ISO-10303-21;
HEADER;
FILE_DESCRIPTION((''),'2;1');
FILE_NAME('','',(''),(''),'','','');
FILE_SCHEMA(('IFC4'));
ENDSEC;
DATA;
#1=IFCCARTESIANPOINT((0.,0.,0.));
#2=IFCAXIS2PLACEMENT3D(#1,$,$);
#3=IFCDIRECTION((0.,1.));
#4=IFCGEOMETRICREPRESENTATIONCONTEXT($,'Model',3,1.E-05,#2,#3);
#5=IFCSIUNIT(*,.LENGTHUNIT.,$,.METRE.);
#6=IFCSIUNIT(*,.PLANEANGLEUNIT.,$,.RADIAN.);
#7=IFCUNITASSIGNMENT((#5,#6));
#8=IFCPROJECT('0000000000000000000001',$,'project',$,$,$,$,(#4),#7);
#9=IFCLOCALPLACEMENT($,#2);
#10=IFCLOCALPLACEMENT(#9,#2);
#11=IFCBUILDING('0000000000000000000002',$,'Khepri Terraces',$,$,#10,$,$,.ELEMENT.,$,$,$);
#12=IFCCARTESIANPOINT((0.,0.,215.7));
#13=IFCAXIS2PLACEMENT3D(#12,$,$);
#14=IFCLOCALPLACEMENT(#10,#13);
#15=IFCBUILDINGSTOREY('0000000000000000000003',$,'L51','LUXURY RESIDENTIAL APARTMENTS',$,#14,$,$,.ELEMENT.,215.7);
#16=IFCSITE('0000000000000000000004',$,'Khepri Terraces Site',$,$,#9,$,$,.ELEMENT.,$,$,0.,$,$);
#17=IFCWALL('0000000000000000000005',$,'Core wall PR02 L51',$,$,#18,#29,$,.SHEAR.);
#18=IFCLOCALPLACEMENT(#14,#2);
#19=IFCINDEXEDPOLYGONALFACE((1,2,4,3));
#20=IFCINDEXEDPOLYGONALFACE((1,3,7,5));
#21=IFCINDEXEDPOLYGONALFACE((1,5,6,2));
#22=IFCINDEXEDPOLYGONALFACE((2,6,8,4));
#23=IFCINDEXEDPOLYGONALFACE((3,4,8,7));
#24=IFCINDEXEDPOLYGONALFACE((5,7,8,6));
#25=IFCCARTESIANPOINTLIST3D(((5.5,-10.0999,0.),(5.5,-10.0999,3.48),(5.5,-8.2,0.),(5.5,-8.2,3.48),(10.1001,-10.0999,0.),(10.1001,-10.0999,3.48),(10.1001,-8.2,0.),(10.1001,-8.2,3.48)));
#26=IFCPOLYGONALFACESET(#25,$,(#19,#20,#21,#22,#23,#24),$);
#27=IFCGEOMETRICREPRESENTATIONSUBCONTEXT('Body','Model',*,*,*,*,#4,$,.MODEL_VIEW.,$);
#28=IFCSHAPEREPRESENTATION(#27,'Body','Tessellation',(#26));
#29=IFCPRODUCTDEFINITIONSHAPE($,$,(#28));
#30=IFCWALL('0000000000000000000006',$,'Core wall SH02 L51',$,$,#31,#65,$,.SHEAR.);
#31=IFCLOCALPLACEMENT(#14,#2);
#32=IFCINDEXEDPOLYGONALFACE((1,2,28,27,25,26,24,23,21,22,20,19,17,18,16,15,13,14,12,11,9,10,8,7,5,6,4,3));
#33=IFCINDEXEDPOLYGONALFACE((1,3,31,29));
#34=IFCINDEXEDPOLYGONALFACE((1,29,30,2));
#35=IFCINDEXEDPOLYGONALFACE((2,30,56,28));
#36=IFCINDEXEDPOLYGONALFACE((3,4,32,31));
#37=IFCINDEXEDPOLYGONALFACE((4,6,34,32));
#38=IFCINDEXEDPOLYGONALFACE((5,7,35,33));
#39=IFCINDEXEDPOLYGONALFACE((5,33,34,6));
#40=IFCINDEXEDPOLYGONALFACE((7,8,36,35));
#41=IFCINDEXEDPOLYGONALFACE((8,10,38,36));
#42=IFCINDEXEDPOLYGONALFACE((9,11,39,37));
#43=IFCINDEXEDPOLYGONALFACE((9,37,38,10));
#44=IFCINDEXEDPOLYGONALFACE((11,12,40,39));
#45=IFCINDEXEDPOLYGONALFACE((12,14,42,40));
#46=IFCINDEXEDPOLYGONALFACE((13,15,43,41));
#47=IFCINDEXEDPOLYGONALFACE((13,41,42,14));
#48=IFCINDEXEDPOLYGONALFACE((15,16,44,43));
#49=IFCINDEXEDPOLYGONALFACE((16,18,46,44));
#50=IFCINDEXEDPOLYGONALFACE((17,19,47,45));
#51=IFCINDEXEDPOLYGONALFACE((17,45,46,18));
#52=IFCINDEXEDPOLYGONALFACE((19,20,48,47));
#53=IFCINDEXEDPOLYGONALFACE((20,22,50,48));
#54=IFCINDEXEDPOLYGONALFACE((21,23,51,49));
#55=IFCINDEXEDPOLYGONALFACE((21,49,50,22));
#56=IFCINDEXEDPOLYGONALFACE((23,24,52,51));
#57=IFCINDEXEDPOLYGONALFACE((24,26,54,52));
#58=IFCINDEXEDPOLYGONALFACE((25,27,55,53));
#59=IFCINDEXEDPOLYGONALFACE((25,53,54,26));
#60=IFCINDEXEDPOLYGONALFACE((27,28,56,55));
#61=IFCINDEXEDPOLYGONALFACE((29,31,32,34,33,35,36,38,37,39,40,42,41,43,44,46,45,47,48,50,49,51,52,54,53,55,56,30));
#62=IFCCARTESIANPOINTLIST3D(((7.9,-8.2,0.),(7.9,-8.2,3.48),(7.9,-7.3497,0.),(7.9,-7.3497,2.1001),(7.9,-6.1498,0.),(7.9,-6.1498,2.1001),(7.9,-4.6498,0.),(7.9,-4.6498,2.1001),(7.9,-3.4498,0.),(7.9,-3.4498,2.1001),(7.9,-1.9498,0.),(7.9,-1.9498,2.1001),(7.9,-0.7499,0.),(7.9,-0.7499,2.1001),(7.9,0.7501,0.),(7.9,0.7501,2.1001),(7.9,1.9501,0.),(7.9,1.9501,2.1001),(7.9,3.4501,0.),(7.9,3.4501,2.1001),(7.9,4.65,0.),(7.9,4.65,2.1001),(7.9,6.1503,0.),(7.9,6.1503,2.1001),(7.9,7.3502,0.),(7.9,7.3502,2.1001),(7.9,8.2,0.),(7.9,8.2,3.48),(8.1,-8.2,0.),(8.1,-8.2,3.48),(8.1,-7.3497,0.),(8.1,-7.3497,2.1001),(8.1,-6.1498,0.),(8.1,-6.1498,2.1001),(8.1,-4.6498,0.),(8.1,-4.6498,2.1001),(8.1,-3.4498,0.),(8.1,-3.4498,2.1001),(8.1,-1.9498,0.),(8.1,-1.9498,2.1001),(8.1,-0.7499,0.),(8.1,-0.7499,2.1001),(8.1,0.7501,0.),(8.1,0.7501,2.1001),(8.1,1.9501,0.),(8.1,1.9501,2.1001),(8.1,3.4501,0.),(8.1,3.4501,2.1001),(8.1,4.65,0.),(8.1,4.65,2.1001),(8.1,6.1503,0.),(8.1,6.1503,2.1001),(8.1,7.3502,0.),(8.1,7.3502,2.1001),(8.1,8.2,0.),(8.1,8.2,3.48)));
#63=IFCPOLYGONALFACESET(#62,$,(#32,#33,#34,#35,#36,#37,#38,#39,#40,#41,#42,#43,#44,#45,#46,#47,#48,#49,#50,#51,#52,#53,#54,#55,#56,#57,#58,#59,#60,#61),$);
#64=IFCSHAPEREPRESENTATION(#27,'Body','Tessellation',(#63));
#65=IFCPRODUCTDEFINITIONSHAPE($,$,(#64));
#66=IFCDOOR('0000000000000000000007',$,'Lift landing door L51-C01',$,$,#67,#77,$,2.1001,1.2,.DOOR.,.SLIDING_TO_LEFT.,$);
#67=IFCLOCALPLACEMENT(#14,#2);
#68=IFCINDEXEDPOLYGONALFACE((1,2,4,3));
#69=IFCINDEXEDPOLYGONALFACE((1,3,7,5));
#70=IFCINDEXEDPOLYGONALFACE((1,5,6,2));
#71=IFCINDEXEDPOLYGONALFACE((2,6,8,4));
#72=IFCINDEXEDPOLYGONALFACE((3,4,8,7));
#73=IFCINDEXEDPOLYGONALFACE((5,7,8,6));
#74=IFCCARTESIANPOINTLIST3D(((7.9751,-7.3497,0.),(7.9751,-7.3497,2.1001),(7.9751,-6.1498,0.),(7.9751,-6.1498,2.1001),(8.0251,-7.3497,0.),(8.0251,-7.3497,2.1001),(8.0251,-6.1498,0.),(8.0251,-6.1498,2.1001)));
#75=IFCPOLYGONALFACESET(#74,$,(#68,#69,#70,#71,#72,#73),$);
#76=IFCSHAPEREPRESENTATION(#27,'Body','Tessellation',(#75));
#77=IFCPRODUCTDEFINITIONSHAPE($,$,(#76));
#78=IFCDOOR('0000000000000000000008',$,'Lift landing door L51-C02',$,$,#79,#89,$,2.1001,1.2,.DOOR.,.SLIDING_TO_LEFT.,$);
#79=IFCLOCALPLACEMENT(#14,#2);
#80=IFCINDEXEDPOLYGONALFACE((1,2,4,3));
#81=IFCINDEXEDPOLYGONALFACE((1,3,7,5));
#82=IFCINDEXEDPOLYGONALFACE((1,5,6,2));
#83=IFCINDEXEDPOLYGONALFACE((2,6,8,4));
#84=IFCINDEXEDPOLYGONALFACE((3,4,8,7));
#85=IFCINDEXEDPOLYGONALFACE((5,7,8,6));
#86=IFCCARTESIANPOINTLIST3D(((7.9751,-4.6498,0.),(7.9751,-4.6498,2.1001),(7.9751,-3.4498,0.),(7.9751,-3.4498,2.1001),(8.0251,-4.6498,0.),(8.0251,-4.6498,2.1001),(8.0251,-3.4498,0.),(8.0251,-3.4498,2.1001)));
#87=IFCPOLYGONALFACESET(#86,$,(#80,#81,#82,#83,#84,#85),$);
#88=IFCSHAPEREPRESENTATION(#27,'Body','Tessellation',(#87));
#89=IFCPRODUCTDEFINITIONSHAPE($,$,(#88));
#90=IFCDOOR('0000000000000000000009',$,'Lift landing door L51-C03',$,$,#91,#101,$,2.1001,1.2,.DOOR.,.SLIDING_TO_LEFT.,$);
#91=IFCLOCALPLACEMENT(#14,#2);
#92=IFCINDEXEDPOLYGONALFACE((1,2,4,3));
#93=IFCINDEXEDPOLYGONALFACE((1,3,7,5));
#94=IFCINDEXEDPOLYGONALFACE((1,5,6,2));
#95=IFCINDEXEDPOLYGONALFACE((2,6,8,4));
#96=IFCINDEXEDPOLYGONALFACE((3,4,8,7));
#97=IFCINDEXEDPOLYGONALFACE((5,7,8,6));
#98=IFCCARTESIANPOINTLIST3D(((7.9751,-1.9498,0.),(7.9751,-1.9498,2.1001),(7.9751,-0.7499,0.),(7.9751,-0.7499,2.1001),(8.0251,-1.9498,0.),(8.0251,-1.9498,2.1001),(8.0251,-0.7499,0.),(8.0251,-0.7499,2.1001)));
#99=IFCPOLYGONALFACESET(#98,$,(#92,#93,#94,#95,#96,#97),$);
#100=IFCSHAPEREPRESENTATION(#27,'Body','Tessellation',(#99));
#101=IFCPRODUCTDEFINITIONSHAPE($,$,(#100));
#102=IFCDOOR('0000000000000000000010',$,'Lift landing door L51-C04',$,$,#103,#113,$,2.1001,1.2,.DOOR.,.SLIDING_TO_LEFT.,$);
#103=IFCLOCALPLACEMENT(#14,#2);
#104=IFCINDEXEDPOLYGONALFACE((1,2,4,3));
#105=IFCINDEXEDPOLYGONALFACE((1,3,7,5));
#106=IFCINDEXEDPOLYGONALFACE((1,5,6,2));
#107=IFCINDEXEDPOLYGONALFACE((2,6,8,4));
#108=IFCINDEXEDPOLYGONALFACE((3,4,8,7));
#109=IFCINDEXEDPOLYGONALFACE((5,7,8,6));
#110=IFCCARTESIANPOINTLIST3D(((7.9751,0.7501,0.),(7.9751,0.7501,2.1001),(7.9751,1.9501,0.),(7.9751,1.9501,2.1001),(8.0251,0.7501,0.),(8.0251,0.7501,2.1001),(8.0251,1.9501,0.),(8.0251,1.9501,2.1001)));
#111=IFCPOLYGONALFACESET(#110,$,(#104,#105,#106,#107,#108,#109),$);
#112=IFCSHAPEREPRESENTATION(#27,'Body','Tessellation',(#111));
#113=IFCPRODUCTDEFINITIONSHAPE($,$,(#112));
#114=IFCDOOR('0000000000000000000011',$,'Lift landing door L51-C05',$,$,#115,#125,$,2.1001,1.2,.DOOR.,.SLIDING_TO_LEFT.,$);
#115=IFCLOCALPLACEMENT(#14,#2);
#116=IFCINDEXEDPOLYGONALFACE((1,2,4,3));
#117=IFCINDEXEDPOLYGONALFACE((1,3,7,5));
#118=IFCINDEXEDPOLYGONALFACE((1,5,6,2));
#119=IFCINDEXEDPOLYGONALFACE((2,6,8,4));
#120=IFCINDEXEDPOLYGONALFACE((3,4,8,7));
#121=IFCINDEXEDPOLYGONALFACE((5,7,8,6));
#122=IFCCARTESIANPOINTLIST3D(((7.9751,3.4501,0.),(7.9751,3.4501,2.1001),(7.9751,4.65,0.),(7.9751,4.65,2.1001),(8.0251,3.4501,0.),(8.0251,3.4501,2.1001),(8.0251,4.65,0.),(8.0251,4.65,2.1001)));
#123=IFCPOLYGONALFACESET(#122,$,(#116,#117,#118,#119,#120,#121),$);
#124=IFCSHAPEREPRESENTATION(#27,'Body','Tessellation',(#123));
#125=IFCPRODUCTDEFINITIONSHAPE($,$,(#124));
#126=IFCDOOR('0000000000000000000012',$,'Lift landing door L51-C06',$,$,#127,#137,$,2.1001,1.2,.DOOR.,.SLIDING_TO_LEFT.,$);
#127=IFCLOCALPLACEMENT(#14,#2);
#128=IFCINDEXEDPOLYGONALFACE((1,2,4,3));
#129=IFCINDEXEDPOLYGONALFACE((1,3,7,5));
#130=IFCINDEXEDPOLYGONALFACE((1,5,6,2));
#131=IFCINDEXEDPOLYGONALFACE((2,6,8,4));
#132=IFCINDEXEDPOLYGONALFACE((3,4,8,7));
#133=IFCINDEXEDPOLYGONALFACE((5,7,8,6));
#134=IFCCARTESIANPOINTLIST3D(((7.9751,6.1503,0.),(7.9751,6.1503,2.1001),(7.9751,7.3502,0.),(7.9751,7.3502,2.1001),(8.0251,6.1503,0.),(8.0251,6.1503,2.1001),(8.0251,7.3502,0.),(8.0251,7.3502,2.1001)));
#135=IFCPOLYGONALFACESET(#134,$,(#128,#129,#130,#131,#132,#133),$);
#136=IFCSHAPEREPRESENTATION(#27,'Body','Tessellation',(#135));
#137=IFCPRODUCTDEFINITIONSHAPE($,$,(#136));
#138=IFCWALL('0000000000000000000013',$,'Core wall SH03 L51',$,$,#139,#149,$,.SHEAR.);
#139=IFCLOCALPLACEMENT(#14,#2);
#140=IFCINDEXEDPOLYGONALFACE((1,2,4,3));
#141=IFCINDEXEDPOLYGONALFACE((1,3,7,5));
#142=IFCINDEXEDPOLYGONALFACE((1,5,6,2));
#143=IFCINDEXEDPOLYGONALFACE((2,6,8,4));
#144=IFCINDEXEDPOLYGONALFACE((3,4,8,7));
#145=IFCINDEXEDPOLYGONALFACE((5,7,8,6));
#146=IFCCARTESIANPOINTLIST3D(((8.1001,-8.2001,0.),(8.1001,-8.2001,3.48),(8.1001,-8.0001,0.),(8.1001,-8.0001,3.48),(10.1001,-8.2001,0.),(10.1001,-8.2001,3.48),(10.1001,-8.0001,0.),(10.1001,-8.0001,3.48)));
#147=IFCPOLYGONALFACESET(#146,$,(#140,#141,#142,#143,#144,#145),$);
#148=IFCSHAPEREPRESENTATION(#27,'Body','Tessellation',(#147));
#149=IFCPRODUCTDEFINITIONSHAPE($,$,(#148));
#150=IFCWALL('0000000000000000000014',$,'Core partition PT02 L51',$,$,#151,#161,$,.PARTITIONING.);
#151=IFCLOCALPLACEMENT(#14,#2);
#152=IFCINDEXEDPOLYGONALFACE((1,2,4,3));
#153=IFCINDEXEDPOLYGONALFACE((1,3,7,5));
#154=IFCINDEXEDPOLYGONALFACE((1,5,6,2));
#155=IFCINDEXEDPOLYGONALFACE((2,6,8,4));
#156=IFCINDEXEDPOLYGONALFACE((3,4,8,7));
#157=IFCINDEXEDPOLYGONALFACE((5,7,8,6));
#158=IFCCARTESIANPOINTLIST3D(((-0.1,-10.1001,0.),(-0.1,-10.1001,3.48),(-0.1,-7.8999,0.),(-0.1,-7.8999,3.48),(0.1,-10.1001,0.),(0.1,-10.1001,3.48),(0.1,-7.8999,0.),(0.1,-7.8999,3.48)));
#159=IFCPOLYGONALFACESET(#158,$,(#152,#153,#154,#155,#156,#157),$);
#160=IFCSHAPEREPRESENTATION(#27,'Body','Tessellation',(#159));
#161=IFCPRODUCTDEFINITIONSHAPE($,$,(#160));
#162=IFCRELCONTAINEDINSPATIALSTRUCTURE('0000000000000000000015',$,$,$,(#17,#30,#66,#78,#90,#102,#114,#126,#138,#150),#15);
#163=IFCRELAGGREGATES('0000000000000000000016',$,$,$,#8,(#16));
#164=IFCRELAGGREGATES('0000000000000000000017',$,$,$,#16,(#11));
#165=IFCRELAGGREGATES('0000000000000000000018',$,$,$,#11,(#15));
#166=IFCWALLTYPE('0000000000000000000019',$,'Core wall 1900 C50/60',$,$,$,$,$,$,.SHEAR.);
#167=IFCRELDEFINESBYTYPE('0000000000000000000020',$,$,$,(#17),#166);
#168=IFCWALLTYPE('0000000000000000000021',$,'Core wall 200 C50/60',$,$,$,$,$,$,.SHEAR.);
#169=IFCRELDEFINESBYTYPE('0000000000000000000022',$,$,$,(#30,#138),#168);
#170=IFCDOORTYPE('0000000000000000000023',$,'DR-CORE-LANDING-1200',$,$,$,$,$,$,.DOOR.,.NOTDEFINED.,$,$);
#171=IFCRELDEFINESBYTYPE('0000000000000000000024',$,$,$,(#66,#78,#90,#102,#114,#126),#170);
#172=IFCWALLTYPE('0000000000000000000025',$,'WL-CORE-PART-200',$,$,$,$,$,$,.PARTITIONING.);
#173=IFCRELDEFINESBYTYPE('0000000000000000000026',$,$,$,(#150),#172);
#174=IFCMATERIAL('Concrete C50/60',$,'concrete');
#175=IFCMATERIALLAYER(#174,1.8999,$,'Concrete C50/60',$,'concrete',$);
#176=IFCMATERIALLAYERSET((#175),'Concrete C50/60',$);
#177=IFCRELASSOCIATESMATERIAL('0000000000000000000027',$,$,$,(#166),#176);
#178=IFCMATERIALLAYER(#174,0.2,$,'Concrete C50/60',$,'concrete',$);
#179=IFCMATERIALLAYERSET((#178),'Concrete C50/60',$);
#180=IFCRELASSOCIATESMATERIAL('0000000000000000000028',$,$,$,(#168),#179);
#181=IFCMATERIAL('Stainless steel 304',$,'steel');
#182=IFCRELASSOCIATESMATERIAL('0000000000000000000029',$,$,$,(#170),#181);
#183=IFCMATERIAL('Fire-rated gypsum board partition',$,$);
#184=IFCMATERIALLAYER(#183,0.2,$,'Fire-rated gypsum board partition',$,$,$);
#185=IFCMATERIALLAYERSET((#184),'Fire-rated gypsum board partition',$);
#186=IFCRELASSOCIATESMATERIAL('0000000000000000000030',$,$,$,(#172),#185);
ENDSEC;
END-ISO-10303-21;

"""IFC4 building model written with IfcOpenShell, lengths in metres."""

from ifc_helpers import new_model, si_unit, direction, frame, frame_2d, origin, place, context, subcontext, project, spatial, rectangle, extrude, material, layer, layer_set, type_object, element, fill, save


model = new_model("IFC4")

# Units and contexts
model_context = context("Model", 3, precision=1e-05, world=origin(), true_north=direction((0.0, 1.0)))
body_context = subcontext(model_context, "Body", "Model", "MODEL_VIEW")
ifc_project = project(units=[si_unit("LENGTHUNIT", "METRE"), si_unit("PLANEANGLEUNIT", "RADIAN")], contexts=[model_context])

# Site, building, storey
site_placement = place(None, origin())
site = spatial("IfcSite", under=ifc_project, at=site_placement, Name="Khepri Terraces Site", CompositionType="ELEMENT", RefElevation=0.0)
building_placement = place(site_placement, origin())
building = spatial("IfcBuilding", under=site, at=building_placement, Name="Khepri Terraces", CompositionType="ELEMENT")
storey_placement = place(building_placement, frame((0.0, 0.0, 215.7)))
storey = spatial("IfcBuildingStorey", under=building, at=storey_placement, Name="L51", Description="LUXURY RESIDENTIAL APARTMENTS", CompositionType="ELEMENT", Elevation=215.7)

# Wall
ifc_material_1 = material(Name="Concrete C50/60", Category="concrete")
ifc_layer_1 = layer(ifc_material_1, 1.8999, Name="Concrete C50/60", Category="concrete")
ifc_layer_set_1 = layer_set([ifc_layer_1], Name="Concrete C50/60")
wall_type_1 = type_object("IfcWallType", Name="Core wall 1900 C50/60", PredefinedType="SHEAR", material=ifc_layer_set_1)
wall_1_placement = place(storey_placement, frame((5.5, -9.1499, 0.0), z_axis=(0.0, 0.0, 1.0), x_axis=(1.0, 0.0, 0.0)))
element("IfcWall", 1, at=wall_1_placement, inside=storey, type_object=wall_type_1, Name="Core wall PR02 L51", PredefinedType="SHEAR", context=body_context, shape_type="SweptSolid", body=[
    extrude(rectangle(XDim=4.6001, YDim=1.8999, at=frame_2d((2.3, 0.0))), origin(), (0.0, 0.0, 1.0), 3.48),
])

# Wall, openings, doors
ifc_layer_2 = layer(ifc_material_1, 0.2, Name="Concrete C50/60", Category="concrete")
ifc_layer_set_2 = layer_set([ifc_layer_2], Name="Concrete C50/60")
wall_type_2 = type_object("IfcWallType", Name="Core wall 200 C50/60", PredefinedType="SHEAR", material=ifc_layer_set_2)
wall_2_placement = place(storey_placement, frame((8.0, -8.2, 0.0), z_axis=(0.0, 0.0, 1.0), x_axis=(0.0, 1.0, 0.0)))
wall_2 = element("IfcWall", 2, at=wall_2_placement, inside=storey, type_object=wall_type_2, Name="Core wall SH02 L51", PredefinedType="SHEAR", context=body_context, shape_type="SweptSolid", body=[
    extrude(rectangle(XDim=16.3999, YDim=0.2, at=frame_2d((8.2, 0.0))), origin(), (0.0, 0.0, 1.0), 3.48),
])
opening_1_placement = place(wall_2_placement, frame((0.8501, 0.0, 0.0)))
opening_1 = element("IfcOpeningElement", 3, at=opening_1_placement, cuts=wall_2, PredefinedType="OPENING", context=body_context, shape_type="SweptSolid", body=[
    extrude(rectangle(XDim=1.2, YDim=2.1001, at=frame_2d((0.6001, 1.05))), frame((0.0, 0.1099, 0.0), z_axis=(0.0, -1.0, 0.0), x_axis=(1.0, 0.0, 0.0)), (0.0, 0.0, 1.0), 0.22),
])
opening_2_placement = place(wall_2_placement, frame((3.55, 0.0, 0.0)))
opening_2 = element("IfcOpeningElement", 4, at=opening_2_placement, cuts=wall_2, PredefinedType="OPENING", context=body_context, shape_type="SweptSolid", body=[
    extrude(rectangle(XDim=1.2, YDim=2.1001, at=frame_2d((0.6001, 1.05))), frame((0.0, 0.1099, 0.0), z_axis=(0.0, -1.0, 0.0), x_axis=(1.0, 0.0, 0.0)), (0.0, 0.0, 1.0), 0.22),
])
opening_3_placement = place(wall_2_placement, frame((6.25, 0.0, 0.0)))
opening_3 = element("IfcOpeningElement", 5, at=opening_3_placement, cuts=wall_2, PredefinedType="OPENING", context=body_context, shape_type="SweptSolid", body=[
    extrude(rectangle(XDim=1.2, YDim=2.1001, at=frame_2d((0.6001, 1.05))), frame((0.0, 0.1099, 0.0), z_axis=(0.0, -1.0, 0.0), x_axis=(1.0, 0.0, 0.0)), (0.0, 0.0, 1.0), 0.22),
])
opening_4_placement = place(wall_2_placement, frame((8.95, 0.0, 0.0)))
opening_4 = element("IfcOpeningElement", 6, at=opening_4_placement, cuts=wall_2, PredefinedType="OPENING", context=body_context, shape_type="SweptSolid", body=[
    extrude(rectangle(XDim=1.2, YDim=2.1001, at=frame_2d((0.6001, 1.05))), frame((0.0, 0.1099, 0.0), z_axis=(0.0, -1.0, 0.0), x_axis=(1.0, 0.0, 0.0)), (0.0, 0.0, 1.0), 0.22),
])
opening_5_placement = place(wall_2_placement, frame((11.6499, 0.0, 0.0)))
opening_5 = element("IfcOpeningElement", 7, at=opening_5_placement, cuts=wall_2, PredefinedType="OPENING", context=body_context, shape_type="SweptSolid", body=[
    extrude(rectangle(XDim=1.2, YDim=2.1001, at=frame_2d((0.6001, 1.05))), frame((0.0, 0.1099, 0.0), z_axis=(0.0, -1.0, 0.0), x_axis=(1.0, 0.0, 0.0)), (0.0, 0.0, 1.0), 0.22),
])
opening_6_placement = place(wall_2_placement, frame((14.3501, 0.0, 0.0)))
opening_6 = element("IfcOpeningElement", 8, at=opening_6_placement, cuts=wall_2, PredefinedType="OPENING", context=body_context, shape_type="SweptSolid", body=[
    extrude(rectangle(XDim=1.2, YDim=2.1001, at=frame_2d((0.6001, 1.05))), frame((0.0, 0.1099, 0.0), z_axis=(0.0, -1.0, 0.0), x_axis=(1.0, 0.0, 0.0)), (0.0, 0.0, 1.0), 0.22),
])
ifc_material_2 = material(Name="Stainless steel 304", Category="steel")
door_type_1 = type_object("IfcDoorType", Name="DR-CORE-LANDING-1200", OperationType="NOTDEFINED", PredefinedType="DOOR", material=ifc_material_2)
door_1_placement = place(opening_1_placement, origin())
door_1 = element("IfcDoor", 9, at=door_1_placement, inside=storey, type_object=door_type_1, Name="Lift landing door L51-C01", OperationType="SLIDING_TO_LEFT", OverallHeight=2.1001, OverallWidth=1.2, PredefinedType="DOOR", context=body_context, shape_type="SweptSolid", body=[
    extrude(rectangle(XDim=1.2, YDim=2.1001, at=frame_2d((0.6001, 1.05))), frame((0.0, 0.0249, 0.0), z_axis=(0.0, -1.0, 0.0), x_axis=(1.0, 0.0, 0.0)), (0.0, 0.0, 1.0), 0.05),
])
fill(opening_1, door_1)
door_2_placement = place(opening_2_placement, origin())
door_2 = element("IfcDoor", 10, at=door_2_placement, inside=storey, type_object=door_type_1, Name="Lift landing door L51-C02", OperationType="SLIDING_TO_LEFT", OverallHeight=2.1001, OverallWidth=1.2, PredefinedType="DOOR", context=body_context, shape_type="SweptSolid", body=[
    extrude(rectangle(XDim=1.2, YDim=2.1001, at=frame_2d((0.6001, 1.05))), frame((0.0, 0.0249, 0.0), z_axis=(0.0, -1.0, 0.0), x_axis=(1.0, 0.0, 0.0)), (0.0, 0.0, 1.0), 0.05),
])
fill(opening_2, door_2)
door_3_placement = place(opening_3_placement, origin())
door_3 = element("IfcDoor", 11, at=door_3_placement, inside=storey, type_object=door_type_1, Name="Lift landing door L51-C03", OperationType="SLIDING_TO_LEFT", OverallHeight=2.1001, OverallWidth=1.2, PredefinedType="DOOR", context=body_context, shape_type="SweptSolid", body=[
    extrude(rectangle(XDim=1.2, YDim=2.1001, at=frame_2d((0.6001, 1.05))), frame((0.0, 0.0249, 0.0), z_axis=(0.0, -1.0, 0.0), x_axis=(1.0, 0.0, 0.0)), (0.0, 0.0, 1.0), 0.05),
])
fill(opening_3, door_3)
door_4_placement = place(opening_4_placement, origin())
door_4 = element("IfcDoor", 12, at=door_4_placement, inside=storey, type_object=door_type_1, Name="Lift landing door L51-C04", OperationType="SLIDING_TO_LEFT", OverallHeight=2.1001, OverallWidth=1.2, PredefinedType="DOOR", context=body_context, shape_type="SweptSolid", body=[
    extrude(rectangle(XDim=1.2, YDim=2.1001, at=frame_2d((0.6001, 1.05))), frame((0.0, 0.0249, 0.0), z_axis=(0.0, -1.0, 0.0), x_axis=(1.0, 0.0, 0.0)), (0.0, 0.0, 1.0), 0.05),
])
fill(opening_4, door_4)
door_5_placement = place(opening_5_placement, origin())
door_5 = element("IfcDoor", 13, at=door_5_placement, inside=storey, type_object=door_type_1, Name="Lift landing door L51-C05", OperationType="SLIDING_TO_LEFT", OverallHeight=2.1001, OverallWidth=1.2, PredefinedType="DOOR", context=body_context, shape_type="SweptSolid", body=[
    extrude(rectangle(XDim=1.2, YDim=2.1001, at=frame_2d((0.6001, 1.05))), frame((0.0, 0.0249, 0.0), z_axis=(0.0, -1.0, 0.0), x_axis=(1.0, 0.0, 0.0)), (0.0, 0.0, 1.0), 0.05),
])
fill(opening_5, door_5)
door_6_placement = place(opening_6_placement, origin())
door_6 = element("IfcDoor", 14, at=door_6_placement, inside=storey, type_object=door_type_1, Name="Lift landing door L51-C06", OperationType="SLIDING_TO_LEFT", OverallHeight=2.1001, OverallWidth=1.2, PredefinedType="DOOR", context=body_context, shape_type="SweptSolid", body=[
    extrude(rectangle(XDim=1.2, YDim=2.1001, at=frame_2d((0.6001, 1.05))), frame((0.0, 0.0249, 0.0), z_axis=(0.0, -1.0, 0.0), x_axis=(1.0, 0.0, 0.0)), (0.0, 0.0, 1.0), 0.05),
])
fill(opening_6, door_6)

# Walls
wall_3_placement = place(storey_placement, frame((8.1001, -8.1001, 0.0), z_axis=(0.0, 0.0, 1.0), x_axis=(1.0, 0.0, 0.0)))
element("IfcWall", 15, at=wall_3_placement, inside=storey, type_object=wall_type_2, Name="Core wall SH03 L51", PredefinedType="SHEAR", context=body_context, shape_type="SweptSolid", body=[
    extrude(rectangle(XDim=2.0, YDim=0.2, at=frame_2d((1.0, 0.0))), origin(), (0.0, 0.0, 1.0), 3.48),
])
ifc_material_3 = material(Name="Fire-rated gypsum board partition")
ifc_layer_3 = layer(ifc_material_3, 0.2, Name="Fire-rated gypsum board partition")
ifc_layer_set_3 = layer_set([ifc_layer_3], Name="Fire-rated gypsum board partition")
wall_type_3 = type_object("IfcWallType", Name="WL-CORE-PART-200", PredefinedType="PARTITIONING", material=ifc_layer_set_3)
wall_4_placement = place(storey_placement, frame((0.0, -10.1001, 0.0), z_axis=(0.0, 0.0, 1.0), x_axis=(0.0, 1.0, 0.0)))
element("IfcWall", 16, at=wall_4_placement, inside=storey, type_object=wall_type_3, Name="Core partition PT02 L51", PredefinedType="PARTITIONING", context=body_context, shape_type="SweptSolid", body=[
    extrude(rectangle(XDim=2.2002, YDim=0.2, at=frame_2d((1.1001, 0.0))), origin(), (0.0, 0.0, 1.0), 3.48),
])

save(model, "model.ifc")
